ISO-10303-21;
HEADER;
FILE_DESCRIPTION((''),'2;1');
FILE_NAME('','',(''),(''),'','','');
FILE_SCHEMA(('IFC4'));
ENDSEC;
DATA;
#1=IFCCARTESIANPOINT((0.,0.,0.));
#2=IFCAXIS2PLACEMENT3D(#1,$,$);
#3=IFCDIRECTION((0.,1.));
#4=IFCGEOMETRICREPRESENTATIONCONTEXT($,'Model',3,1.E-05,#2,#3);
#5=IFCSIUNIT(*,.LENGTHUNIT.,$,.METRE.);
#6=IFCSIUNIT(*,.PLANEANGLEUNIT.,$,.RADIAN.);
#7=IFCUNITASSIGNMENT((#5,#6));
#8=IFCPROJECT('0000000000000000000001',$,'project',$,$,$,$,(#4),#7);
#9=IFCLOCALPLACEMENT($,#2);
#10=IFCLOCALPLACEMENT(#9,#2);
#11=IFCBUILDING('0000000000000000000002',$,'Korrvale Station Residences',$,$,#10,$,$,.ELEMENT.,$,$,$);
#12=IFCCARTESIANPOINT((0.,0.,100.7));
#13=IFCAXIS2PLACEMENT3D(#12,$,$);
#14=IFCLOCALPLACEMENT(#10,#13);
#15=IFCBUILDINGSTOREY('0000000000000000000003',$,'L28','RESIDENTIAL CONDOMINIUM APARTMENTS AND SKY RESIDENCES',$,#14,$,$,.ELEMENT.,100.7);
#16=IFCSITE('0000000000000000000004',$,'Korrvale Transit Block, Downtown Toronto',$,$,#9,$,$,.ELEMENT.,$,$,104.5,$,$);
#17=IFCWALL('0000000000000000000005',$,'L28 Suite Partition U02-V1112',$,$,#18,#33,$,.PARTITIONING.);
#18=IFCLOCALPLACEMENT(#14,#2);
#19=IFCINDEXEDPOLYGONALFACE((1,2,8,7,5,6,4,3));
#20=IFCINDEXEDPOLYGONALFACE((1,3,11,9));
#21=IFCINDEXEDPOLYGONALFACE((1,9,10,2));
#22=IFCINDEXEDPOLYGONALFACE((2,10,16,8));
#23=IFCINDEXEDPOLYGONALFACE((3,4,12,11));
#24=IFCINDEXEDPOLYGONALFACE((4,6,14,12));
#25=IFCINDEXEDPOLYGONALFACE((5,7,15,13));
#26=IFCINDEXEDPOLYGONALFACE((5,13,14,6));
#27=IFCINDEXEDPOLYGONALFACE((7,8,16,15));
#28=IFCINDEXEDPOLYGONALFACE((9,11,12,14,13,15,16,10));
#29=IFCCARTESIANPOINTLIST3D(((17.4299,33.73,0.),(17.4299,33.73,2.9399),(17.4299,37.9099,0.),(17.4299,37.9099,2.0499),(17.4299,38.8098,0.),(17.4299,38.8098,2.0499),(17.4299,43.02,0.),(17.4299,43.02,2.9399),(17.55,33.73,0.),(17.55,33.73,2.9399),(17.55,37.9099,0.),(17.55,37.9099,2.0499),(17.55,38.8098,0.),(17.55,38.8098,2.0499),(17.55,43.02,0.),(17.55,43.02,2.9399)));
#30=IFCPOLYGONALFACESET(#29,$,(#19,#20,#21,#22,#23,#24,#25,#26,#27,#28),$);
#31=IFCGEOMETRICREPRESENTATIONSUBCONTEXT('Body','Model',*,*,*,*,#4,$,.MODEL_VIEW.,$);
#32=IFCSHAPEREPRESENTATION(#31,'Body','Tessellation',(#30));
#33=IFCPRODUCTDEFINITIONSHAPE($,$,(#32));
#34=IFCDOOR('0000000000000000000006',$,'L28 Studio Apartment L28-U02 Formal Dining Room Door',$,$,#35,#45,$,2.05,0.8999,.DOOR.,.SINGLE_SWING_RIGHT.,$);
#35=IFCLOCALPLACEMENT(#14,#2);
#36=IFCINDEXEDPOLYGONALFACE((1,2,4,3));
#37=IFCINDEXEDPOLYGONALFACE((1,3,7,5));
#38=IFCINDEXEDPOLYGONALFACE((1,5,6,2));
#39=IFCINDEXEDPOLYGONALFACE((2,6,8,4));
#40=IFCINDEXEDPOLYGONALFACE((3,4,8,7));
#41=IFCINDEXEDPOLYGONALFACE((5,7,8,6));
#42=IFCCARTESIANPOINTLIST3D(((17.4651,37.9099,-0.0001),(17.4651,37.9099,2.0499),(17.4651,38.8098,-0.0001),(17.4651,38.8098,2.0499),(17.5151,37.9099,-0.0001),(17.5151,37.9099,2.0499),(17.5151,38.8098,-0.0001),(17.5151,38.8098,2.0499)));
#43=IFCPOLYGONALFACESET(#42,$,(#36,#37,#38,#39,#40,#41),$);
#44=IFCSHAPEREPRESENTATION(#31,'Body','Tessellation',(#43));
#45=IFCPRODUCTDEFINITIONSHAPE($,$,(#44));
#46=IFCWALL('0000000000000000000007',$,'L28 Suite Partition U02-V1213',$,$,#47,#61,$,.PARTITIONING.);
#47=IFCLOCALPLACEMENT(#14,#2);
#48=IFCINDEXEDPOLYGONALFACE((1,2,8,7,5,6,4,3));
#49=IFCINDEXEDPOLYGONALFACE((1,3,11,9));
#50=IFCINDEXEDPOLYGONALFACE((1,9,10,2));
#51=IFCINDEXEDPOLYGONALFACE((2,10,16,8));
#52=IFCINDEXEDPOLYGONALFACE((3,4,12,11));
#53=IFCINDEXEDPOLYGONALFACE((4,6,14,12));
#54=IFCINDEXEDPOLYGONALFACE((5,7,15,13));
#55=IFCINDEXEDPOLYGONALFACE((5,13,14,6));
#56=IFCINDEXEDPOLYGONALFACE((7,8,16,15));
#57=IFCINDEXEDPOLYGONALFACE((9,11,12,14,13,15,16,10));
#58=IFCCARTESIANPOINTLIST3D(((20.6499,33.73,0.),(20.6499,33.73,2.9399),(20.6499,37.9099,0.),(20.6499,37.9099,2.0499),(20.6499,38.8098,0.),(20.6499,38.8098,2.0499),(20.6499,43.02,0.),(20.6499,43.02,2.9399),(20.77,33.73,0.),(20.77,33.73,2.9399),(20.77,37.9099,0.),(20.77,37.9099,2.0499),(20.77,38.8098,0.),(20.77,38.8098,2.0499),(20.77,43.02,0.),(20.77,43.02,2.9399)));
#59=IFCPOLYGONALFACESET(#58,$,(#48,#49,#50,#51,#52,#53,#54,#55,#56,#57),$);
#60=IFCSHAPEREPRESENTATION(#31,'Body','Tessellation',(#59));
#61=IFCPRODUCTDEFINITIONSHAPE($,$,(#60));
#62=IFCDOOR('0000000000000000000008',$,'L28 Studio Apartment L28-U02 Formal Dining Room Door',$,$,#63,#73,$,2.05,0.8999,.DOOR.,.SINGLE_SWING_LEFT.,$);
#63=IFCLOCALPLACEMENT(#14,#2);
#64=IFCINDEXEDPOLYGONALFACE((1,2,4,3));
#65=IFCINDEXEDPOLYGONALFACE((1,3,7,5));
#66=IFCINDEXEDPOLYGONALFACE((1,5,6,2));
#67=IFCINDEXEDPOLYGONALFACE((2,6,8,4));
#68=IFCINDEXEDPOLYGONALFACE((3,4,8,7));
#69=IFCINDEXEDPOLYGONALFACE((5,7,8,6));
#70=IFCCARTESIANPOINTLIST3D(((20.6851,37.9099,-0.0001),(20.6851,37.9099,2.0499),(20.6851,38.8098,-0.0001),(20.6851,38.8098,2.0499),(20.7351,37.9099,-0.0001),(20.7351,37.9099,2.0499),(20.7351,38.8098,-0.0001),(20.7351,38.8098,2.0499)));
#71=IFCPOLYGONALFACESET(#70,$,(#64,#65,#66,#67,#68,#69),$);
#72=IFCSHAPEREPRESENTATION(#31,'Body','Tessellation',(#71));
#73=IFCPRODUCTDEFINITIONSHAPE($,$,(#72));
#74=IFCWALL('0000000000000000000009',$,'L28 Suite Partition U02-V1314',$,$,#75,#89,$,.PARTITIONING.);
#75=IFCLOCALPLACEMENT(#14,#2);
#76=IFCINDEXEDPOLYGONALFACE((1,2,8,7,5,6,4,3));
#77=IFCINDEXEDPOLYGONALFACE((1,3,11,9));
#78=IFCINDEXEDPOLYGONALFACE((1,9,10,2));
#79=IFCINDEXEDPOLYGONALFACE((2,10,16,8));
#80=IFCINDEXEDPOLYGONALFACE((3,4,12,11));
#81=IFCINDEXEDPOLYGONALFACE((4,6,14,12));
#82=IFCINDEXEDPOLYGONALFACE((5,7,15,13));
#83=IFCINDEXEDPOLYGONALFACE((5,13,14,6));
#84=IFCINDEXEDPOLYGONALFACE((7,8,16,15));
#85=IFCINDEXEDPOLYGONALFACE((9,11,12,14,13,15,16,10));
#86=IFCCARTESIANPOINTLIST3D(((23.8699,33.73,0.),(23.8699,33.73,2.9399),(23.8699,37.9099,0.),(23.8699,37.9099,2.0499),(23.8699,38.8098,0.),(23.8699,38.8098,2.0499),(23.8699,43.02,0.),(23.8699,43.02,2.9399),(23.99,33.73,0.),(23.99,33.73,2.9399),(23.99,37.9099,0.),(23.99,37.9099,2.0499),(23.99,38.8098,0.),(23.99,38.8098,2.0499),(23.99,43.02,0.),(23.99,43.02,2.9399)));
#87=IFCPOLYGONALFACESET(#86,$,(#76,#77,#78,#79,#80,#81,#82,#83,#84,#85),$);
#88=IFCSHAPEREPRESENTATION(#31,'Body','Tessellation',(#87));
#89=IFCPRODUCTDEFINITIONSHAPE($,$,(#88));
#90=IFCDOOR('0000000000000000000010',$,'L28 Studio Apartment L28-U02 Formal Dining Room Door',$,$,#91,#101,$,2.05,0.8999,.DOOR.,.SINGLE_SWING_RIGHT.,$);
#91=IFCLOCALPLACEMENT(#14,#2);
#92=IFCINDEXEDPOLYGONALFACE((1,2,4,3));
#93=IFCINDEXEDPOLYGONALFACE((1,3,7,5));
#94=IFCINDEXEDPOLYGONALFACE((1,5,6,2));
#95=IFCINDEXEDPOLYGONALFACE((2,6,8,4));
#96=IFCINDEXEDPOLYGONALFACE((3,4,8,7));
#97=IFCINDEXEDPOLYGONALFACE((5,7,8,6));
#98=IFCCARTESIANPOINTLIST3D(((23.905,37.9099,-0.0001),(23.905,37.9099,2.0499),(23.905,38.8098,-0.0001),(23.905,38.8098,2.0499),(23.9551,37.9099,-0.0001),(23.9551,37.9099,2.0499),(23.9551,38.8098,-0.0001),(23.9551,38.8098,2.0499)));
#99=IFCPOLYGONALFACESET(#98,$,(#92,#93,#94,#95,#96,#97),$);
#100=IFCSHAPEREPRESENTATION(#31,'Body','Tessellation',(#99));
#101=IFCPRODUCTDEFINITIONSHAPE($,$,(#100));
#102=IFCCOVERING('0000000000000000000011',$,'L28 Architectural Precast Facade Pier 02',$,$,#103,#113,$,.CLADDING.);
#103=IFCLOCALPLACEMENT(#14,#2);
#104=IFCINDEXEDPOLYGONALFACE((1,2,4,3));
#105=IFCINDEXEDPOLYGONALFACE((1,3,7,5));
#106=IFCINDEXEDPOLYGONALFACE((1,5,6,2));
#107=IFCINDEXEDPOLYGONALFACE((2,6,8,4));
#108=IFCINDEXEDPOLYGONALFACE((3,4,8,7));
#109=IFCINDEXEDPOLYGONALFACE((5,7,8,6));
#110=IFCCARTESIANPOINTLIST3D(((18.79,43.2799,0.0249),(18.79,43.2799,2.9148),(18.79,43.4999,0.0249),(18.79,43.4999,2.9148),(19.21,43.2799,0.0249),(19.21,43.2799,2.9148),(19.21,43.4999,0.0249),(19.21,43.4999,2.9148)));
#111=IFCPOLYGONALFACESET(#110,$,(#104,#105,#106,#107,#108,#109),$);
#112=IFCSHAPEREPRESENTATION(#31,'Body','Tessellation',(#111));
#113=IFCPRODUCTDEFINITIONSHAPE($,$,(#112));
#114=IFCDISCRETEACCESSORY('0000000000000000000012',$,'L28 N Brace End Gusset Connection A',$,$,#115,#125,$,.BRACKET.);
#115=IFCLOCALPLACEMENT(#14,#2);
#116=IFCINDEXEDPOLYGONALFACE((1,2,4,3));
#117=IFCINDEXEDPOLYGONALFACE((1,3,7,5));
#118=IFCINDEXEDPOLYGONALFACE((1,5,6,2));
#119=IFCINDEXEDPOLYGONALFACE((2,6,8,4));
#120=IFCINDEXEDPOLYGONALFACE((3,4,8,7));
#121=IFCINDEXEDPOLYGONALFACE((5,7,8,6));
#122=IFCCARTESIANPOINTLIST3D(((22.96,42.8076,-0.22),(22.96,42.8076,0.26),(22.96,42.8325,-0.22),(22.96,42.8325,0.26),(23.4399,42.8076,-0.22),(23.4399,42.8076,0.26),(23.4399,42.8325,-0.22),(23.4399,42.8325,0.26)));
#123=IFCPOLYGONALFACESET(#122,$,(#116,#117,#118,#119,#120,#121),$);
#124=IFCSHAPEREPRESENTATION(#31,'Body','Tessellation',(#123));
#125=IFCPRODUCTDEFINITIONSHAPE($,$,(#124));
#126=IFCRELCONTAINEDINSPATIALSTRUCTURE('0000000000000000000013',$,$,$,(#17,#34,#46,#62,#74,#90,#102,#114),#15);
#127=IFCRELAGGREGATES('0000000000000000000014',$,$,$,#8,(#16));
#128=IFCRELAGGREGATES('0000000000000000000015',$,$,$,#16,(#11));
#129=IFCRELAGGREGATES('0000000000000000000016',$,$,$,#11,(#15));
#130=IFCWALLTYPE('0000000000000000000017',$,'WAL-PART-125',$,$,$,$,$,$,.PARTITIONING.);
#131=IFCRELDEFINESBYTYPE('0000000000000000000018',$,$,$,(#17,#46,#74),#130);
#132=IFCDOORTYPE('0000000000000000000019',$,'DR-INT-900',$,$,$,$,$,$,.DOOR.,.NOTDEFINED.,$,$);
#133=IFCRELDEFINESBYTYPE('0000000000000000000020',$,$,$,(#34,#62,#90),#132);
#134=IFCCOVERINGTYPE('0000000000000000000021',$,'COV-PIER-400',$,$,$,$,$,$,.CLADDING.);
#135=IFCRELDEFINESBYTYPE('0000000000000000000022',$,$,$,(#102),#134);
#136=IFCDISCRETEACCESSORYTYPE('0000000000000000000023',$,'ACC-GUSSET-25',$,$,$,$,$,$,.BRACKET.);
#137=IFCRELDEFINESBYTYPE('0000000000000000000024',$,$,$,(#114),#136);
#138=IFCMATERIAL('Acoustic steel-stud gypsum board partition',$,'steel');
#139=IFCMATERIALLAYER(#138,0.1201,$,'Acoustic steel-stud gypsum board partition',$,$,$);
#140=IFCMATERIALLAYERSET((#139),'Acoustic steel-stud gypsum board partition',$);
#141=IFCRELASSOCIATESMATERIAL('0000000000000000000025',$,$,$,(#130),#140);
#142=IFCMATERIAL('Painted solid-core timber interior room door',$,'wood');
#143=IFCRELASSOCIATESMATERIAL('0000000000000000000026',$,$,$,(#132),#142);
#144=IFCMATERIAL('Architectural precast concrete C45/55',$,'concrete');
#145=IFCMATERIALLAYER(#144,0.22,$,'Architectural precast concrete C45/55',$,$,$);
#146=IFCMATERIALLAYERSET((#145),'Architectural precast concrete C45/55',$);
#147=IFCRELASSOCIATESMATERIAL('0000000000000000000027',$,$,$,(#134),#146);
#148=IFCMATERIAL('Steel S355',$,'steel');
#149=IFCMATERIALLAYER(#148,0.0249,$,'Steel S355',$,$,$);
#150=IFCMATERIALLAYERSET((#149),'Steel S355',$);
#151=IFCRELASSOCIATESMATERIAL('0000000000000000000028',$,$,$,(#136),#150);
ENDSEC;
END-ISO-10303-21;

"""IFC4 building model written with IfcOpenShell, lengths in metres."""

from ifc_helpers import new_model, si_unit, direction, frame, frame_2d, origin, origin_2d, place, context, subcontext, project, spatial, rectangle, extrude, material, layer, layer_set, type_object, element, fill, save


model = new_model("IFC4")

# Units and contexts
model_context = context("Model", 3, precision=1e-05, world=origin(), true_north=direction((0.0, 1.0)))
body_context = subcontext(model_context, "Body", "Model", "MODEL_VIEW")
ifc_project = project(units=[si_unit("LENGTHUNIT", "METRE"), si_unit("PLANEANGLEUNIT", "RADIAN")], contexts=[model_context])

# Site, building, storey
site_placement = place(None, origin())
site = spatial("IfcSite", under=ifc_project, at=site_placement, Name="Korrvale Transit Block, Downtown Toronto", CompositionType="ELEMENT", RefElevation=104.5)
building_placement = place(site_placement, origin())
building = spatial("IfcBuilding", under=site, at=building_placement, Name="Korrvale Station Residences", CompositionType="ELEMENT")
storey_placement = place(building_placement, frame((0.0, 0.0, 100.7)))
storey = spatial("IfcBuildingStorey", under=building, at=storey_placement, Name="L28", Description="RESIDENTIAL CONDOMINIUM APARTMENTS AND SKY RESIDENCES", CompositionType="ELEMENT", Elevation=100.7)

# Shared definitions
ifc_material_1 = material(Name="Steel S355", Category="steel")

# Walls, openings, doors
ifc_material_2 = material(Name="Acoustic steel-stud gypsum board partition", Category="steel")
ifc_layer_1 = layer(ifc_material_2, 0.1201, Name="Acoustic steel-stud gypsum board partition")
ifc_layer_set_1 = layer_set([ifc_layer_1], Name="Acoustic steel-stud gypsum board partition")
wall_type = type_object("IfcWallType", Name="WAL-PART-125", PredefinedType="PARTITIONING", material=ifc_layer_set_1)
wall_1_placement = place(storey_placement, frame((17.49, 33.73, 0.0), z_axis=(0.0, 0.0, 1.0), x_axis=(0.0, 1.0, 0.0)))
wall_1 = element("IfcWall", 1, at=wall_1_placement, inside=storey, type_object=wall_type, Name="L28 Suite Partition U02-V1112", PredefinedType="PARTITIONING", context=body_context, shape_type="SweptSolid", body=[
    extrude(rectangle(XDim=9.29, YDim=0.1201, at=frame_2d((4.645, 0.0))), origin(), (0.0, 0.0, 1.0), 2.9399),
])
opening_1_placement = place(wall_1_placement, frame((4.1799, 0.0, 0.0)))
opening_1 = element("IfcOpeningElement", 2, at=opening_1_placement, cuts=wall_1, PredefinedType="OPENING", context=body_context, shape_type="SweptSolid", body=[
    extrude(rectangle(XDim=0.8999, YDim=2.05, at=frame_2d((0.45, 1.0249))), frame((0.0, 0.0701, 0.0), z_axis=(0.0, -1.0, 0.0), x_axis=(1.0, 0.0, 0.0)), (0.0, 0.0, 1.0), 0.1401),
])
ifc_material_3 = material(Name="Painted solid-core timber interior room door", Category="wood")
door_type = type_object("IfcDoorType", Name="DR-INT-900", OperationType="NOTDEFINED", PredefinedType="DOOR", material=ifc_material_3)
door_1_placement = place(opening_1_placement, origin())
door_1 = element("IfcDoor", 3, at=door_1_placement, inside=storey, type_object=door_type, Name="L28 Studio Apartment L28-U02 Formal Dining Room Door", OperationType="SINGLE_SWING_RIGHT", OverallHeight=2.05, OverallWidth=0.8999, PredefinedType="DOOR", context=body_context, shape_type="SweptSolid", body=[
    extrude(rectangle(XDim=0.8999, YDim=2.05, at=frame_2d((0.45, 1.0249))), frame((0.0, 0.0249, 0.0), z_axis=(0.0, -1.0, 0.0), x_axis=(1.0, 0.0, 0.0)), (0.0, 0.0, 1.0), 0.05),
])
fill(opening_1, door_1)
wall_2_placement = place(storey_placement, frame((20.71, 33.73, 0.0), z_axis=(0.0, 0.0, 1.0), x_axis=(0.0, 1.0, 0.0)))
wall_2 = element("IfcWall", 4, at=wall_2_placement, inside=storey, type_object=wall_type, Name="L28 Suite Partition U02-V1213", PredefinedType="PARTITIONING", context=body_context, shape_type="SweptSolid", body=[
    extrude(rectangle(XDim=9.29, YDim=0.1201, at=frame_2d((4.645, 0.0))), origin(), (0.0, 0.0, 1.0), 2.9399),
])
opening_2_placement = place(wall_2_placement, frame((4.1799, 0.0, 0.0)))
opening_2 = element("IfcOpeningElement", 5, at=opening_2_placement, cuts=wall_2, PredefinedType="OPENING", context=body_context, shape_type="SweptSolid", body=[
    extrude(rectangle(XDim=0.8999, YDim=2.05, at=frame_2d((0.45, 1.0249))), frame((0.0, 0.0701, 0.0), z_axis=(0.0, -1.0, 0.0), x_axis=(1.0, 0.0, 0.0)), (0.0, 0.0, 1.0), 0.1401),
])
door_2_placement = place(opening_2_placement, origin())
door_2 = element("IfcDoor", 6, at=door_2_placement, inside=storey, type_object=door_type, Name="L28 Studio Apartment L28-U02 Formal Dining Room Door", OperationType="SINGLE_SWING_LEFT", OverallHeight=2.05, OverallWidth=0.8999, PredefinedType="DOOR", context=body_context, shape_type="SweptSolid", body=[
    extrude(rectangle(XDim=0.8999, YDim=2.05, at=frame_2d((0.45, 1.0249))), frame((0.0, 0.0249, 0.0), z_axis=(0.0, -1.0, 0.0), x_axis=(1.0, 0.0, 0.0)), (0.0, 0.0, 1.0), 0.05),
])
fill(opening_2, door_2)
wall_3_placement = place(storey_placement, frame((23.9299, 33.73, 0.0), z_axis=(0.0, 0.0, 1.0), x_axis=(0.0, 1.0, 0.0)))
wall_3 = element("IfcWall", 7, at=wall_3_placement, inside=storey, type_object=wall_type, Name="L28 Suite Partition U02-V1314", PredefinedType="PARTITIONING", context=body_context, shape_type="SweptSolid", body=[
    extrude(rectangle(XDim=9.29, YDim=0.1201, at=frame_2d((4.645, 0.0))), origin(), (0.0, 0.0, 1.0), 2.9399),
])
opening_3_placement = place(wall_3_placement, frame((4.1799, 0.0, 0.0)))
opening_3 = element("IfcOpeningElement", 8, at=opening_3_placement, cuts=wall_3, PredefinedType="OPENING", context=body_context, shape_type="SweptSolid", body=[
    extrude(rectangle(XDim=0.8999, YDim=2.05, at=frame_2d((0.45, 1.0249))), frame((0.0, 0.0701, 0.0), z_axis=(0.0, -1.0, 0.0), x_axis=(1.0, 0.0, 0.0)), (0.0, 0.0, 1.0), 0.1401),
])
door_3_placement = place(opening_3_placement, origin())
door_3 = element("IfcDoor", 9, at=door_3_placement, inside=storey, type_object=door_type, Name="L28 Studio Apartment L28-U02 Formal Dining Room Door", OperationType="SINGLE_SWING_RIGHT", OverallHeight=2.05, OverallWidth=0.8999, PredefinedType="DOOR", context=body_context, shape_type="SweptSolid", body=[
    extrude(rectangle(XDim=0.8999, YDim=2.05, at=frame_2d((0.45, 1.0249))), frame((0.0, 0.0249, 0.0), z_axis=(0.0, -1.0, 0.0), x_axis=(1.0, 0.0, 0.0)), (0.0, 0.0, 1.0), 0.05),
])
fill(opening_3, door_3)

# Covering
ifc_material_4 = material(Name="Architectural precast concrete C45/55", Category="concrete")
ifc_layer_2 = layer(ifc_material_4, 0.22, Name="Architectural precast concrete C45/55")
ifc_layer_set_2 = layer_set([ifc_layer_2], Name="Architectural precast concrete C45/55")
covering_type = type_object("IfcCoveringType", Name="COV-PIER-400", PredefinedType="CLADDING", material=ifc_layer_set_2)
covering_placement = place(storey_placement, frame((19.0, 43.3899, 0.0249), z_axis=(0.0, 0.0, 1.0), x_axis=(1.0, 0.0, 0.0)))
element("IfcCovering", 10, at=covering_placement, inside=storey, type_object=covering_type, Name="L28 Architectural Precast Facade Pier 02", PredefinedType="CLADDING", context=body_context, shape_type="SweptSolid", body=[
    extrude(rectangle(XDim=0.4199, YDim=0.22, at=origin_2d()), origin(), (0.0, 0.0, 1.0), 2.8899),
])

# Discrete accessory
ifc_layer_3 = layer(ifc_material_1, 0.0249, Name="Steel S355")
ifc_layer_set_3 = layer_set([ifc_layer_3], Name="Steel S355")
discrete_accessory_type = type_object("IfcDiscreteAccessoryType", Name="ACC-GUSSET-25", PredefinedType="BRACKET", material=ifc_layer_set_3)
discrete_accessory_placement = place(storey_placement, frame((23.2, 42.8201, -0.22), z_axis=(0.0, 0.0, 1.0), x_axis=(1.0, 0.0, 0.0)))
element("IfcDiscreteAccessory", 11, at=discrete_accessory_placement, inside=storey, type_object=discrete_accessory_type, Name="L28 N Brace End Gusset Connection A", PredefinedType="BRACKET", context=body_context, shape_type="SweptSolid", body=[
    extrude(rectangle(XDim=0.48, YDim=0.0249, at=origin_2d()), origin(), (0.0, 0.0, 1.0), 0.48),
])

save(model, "model.ifc")
